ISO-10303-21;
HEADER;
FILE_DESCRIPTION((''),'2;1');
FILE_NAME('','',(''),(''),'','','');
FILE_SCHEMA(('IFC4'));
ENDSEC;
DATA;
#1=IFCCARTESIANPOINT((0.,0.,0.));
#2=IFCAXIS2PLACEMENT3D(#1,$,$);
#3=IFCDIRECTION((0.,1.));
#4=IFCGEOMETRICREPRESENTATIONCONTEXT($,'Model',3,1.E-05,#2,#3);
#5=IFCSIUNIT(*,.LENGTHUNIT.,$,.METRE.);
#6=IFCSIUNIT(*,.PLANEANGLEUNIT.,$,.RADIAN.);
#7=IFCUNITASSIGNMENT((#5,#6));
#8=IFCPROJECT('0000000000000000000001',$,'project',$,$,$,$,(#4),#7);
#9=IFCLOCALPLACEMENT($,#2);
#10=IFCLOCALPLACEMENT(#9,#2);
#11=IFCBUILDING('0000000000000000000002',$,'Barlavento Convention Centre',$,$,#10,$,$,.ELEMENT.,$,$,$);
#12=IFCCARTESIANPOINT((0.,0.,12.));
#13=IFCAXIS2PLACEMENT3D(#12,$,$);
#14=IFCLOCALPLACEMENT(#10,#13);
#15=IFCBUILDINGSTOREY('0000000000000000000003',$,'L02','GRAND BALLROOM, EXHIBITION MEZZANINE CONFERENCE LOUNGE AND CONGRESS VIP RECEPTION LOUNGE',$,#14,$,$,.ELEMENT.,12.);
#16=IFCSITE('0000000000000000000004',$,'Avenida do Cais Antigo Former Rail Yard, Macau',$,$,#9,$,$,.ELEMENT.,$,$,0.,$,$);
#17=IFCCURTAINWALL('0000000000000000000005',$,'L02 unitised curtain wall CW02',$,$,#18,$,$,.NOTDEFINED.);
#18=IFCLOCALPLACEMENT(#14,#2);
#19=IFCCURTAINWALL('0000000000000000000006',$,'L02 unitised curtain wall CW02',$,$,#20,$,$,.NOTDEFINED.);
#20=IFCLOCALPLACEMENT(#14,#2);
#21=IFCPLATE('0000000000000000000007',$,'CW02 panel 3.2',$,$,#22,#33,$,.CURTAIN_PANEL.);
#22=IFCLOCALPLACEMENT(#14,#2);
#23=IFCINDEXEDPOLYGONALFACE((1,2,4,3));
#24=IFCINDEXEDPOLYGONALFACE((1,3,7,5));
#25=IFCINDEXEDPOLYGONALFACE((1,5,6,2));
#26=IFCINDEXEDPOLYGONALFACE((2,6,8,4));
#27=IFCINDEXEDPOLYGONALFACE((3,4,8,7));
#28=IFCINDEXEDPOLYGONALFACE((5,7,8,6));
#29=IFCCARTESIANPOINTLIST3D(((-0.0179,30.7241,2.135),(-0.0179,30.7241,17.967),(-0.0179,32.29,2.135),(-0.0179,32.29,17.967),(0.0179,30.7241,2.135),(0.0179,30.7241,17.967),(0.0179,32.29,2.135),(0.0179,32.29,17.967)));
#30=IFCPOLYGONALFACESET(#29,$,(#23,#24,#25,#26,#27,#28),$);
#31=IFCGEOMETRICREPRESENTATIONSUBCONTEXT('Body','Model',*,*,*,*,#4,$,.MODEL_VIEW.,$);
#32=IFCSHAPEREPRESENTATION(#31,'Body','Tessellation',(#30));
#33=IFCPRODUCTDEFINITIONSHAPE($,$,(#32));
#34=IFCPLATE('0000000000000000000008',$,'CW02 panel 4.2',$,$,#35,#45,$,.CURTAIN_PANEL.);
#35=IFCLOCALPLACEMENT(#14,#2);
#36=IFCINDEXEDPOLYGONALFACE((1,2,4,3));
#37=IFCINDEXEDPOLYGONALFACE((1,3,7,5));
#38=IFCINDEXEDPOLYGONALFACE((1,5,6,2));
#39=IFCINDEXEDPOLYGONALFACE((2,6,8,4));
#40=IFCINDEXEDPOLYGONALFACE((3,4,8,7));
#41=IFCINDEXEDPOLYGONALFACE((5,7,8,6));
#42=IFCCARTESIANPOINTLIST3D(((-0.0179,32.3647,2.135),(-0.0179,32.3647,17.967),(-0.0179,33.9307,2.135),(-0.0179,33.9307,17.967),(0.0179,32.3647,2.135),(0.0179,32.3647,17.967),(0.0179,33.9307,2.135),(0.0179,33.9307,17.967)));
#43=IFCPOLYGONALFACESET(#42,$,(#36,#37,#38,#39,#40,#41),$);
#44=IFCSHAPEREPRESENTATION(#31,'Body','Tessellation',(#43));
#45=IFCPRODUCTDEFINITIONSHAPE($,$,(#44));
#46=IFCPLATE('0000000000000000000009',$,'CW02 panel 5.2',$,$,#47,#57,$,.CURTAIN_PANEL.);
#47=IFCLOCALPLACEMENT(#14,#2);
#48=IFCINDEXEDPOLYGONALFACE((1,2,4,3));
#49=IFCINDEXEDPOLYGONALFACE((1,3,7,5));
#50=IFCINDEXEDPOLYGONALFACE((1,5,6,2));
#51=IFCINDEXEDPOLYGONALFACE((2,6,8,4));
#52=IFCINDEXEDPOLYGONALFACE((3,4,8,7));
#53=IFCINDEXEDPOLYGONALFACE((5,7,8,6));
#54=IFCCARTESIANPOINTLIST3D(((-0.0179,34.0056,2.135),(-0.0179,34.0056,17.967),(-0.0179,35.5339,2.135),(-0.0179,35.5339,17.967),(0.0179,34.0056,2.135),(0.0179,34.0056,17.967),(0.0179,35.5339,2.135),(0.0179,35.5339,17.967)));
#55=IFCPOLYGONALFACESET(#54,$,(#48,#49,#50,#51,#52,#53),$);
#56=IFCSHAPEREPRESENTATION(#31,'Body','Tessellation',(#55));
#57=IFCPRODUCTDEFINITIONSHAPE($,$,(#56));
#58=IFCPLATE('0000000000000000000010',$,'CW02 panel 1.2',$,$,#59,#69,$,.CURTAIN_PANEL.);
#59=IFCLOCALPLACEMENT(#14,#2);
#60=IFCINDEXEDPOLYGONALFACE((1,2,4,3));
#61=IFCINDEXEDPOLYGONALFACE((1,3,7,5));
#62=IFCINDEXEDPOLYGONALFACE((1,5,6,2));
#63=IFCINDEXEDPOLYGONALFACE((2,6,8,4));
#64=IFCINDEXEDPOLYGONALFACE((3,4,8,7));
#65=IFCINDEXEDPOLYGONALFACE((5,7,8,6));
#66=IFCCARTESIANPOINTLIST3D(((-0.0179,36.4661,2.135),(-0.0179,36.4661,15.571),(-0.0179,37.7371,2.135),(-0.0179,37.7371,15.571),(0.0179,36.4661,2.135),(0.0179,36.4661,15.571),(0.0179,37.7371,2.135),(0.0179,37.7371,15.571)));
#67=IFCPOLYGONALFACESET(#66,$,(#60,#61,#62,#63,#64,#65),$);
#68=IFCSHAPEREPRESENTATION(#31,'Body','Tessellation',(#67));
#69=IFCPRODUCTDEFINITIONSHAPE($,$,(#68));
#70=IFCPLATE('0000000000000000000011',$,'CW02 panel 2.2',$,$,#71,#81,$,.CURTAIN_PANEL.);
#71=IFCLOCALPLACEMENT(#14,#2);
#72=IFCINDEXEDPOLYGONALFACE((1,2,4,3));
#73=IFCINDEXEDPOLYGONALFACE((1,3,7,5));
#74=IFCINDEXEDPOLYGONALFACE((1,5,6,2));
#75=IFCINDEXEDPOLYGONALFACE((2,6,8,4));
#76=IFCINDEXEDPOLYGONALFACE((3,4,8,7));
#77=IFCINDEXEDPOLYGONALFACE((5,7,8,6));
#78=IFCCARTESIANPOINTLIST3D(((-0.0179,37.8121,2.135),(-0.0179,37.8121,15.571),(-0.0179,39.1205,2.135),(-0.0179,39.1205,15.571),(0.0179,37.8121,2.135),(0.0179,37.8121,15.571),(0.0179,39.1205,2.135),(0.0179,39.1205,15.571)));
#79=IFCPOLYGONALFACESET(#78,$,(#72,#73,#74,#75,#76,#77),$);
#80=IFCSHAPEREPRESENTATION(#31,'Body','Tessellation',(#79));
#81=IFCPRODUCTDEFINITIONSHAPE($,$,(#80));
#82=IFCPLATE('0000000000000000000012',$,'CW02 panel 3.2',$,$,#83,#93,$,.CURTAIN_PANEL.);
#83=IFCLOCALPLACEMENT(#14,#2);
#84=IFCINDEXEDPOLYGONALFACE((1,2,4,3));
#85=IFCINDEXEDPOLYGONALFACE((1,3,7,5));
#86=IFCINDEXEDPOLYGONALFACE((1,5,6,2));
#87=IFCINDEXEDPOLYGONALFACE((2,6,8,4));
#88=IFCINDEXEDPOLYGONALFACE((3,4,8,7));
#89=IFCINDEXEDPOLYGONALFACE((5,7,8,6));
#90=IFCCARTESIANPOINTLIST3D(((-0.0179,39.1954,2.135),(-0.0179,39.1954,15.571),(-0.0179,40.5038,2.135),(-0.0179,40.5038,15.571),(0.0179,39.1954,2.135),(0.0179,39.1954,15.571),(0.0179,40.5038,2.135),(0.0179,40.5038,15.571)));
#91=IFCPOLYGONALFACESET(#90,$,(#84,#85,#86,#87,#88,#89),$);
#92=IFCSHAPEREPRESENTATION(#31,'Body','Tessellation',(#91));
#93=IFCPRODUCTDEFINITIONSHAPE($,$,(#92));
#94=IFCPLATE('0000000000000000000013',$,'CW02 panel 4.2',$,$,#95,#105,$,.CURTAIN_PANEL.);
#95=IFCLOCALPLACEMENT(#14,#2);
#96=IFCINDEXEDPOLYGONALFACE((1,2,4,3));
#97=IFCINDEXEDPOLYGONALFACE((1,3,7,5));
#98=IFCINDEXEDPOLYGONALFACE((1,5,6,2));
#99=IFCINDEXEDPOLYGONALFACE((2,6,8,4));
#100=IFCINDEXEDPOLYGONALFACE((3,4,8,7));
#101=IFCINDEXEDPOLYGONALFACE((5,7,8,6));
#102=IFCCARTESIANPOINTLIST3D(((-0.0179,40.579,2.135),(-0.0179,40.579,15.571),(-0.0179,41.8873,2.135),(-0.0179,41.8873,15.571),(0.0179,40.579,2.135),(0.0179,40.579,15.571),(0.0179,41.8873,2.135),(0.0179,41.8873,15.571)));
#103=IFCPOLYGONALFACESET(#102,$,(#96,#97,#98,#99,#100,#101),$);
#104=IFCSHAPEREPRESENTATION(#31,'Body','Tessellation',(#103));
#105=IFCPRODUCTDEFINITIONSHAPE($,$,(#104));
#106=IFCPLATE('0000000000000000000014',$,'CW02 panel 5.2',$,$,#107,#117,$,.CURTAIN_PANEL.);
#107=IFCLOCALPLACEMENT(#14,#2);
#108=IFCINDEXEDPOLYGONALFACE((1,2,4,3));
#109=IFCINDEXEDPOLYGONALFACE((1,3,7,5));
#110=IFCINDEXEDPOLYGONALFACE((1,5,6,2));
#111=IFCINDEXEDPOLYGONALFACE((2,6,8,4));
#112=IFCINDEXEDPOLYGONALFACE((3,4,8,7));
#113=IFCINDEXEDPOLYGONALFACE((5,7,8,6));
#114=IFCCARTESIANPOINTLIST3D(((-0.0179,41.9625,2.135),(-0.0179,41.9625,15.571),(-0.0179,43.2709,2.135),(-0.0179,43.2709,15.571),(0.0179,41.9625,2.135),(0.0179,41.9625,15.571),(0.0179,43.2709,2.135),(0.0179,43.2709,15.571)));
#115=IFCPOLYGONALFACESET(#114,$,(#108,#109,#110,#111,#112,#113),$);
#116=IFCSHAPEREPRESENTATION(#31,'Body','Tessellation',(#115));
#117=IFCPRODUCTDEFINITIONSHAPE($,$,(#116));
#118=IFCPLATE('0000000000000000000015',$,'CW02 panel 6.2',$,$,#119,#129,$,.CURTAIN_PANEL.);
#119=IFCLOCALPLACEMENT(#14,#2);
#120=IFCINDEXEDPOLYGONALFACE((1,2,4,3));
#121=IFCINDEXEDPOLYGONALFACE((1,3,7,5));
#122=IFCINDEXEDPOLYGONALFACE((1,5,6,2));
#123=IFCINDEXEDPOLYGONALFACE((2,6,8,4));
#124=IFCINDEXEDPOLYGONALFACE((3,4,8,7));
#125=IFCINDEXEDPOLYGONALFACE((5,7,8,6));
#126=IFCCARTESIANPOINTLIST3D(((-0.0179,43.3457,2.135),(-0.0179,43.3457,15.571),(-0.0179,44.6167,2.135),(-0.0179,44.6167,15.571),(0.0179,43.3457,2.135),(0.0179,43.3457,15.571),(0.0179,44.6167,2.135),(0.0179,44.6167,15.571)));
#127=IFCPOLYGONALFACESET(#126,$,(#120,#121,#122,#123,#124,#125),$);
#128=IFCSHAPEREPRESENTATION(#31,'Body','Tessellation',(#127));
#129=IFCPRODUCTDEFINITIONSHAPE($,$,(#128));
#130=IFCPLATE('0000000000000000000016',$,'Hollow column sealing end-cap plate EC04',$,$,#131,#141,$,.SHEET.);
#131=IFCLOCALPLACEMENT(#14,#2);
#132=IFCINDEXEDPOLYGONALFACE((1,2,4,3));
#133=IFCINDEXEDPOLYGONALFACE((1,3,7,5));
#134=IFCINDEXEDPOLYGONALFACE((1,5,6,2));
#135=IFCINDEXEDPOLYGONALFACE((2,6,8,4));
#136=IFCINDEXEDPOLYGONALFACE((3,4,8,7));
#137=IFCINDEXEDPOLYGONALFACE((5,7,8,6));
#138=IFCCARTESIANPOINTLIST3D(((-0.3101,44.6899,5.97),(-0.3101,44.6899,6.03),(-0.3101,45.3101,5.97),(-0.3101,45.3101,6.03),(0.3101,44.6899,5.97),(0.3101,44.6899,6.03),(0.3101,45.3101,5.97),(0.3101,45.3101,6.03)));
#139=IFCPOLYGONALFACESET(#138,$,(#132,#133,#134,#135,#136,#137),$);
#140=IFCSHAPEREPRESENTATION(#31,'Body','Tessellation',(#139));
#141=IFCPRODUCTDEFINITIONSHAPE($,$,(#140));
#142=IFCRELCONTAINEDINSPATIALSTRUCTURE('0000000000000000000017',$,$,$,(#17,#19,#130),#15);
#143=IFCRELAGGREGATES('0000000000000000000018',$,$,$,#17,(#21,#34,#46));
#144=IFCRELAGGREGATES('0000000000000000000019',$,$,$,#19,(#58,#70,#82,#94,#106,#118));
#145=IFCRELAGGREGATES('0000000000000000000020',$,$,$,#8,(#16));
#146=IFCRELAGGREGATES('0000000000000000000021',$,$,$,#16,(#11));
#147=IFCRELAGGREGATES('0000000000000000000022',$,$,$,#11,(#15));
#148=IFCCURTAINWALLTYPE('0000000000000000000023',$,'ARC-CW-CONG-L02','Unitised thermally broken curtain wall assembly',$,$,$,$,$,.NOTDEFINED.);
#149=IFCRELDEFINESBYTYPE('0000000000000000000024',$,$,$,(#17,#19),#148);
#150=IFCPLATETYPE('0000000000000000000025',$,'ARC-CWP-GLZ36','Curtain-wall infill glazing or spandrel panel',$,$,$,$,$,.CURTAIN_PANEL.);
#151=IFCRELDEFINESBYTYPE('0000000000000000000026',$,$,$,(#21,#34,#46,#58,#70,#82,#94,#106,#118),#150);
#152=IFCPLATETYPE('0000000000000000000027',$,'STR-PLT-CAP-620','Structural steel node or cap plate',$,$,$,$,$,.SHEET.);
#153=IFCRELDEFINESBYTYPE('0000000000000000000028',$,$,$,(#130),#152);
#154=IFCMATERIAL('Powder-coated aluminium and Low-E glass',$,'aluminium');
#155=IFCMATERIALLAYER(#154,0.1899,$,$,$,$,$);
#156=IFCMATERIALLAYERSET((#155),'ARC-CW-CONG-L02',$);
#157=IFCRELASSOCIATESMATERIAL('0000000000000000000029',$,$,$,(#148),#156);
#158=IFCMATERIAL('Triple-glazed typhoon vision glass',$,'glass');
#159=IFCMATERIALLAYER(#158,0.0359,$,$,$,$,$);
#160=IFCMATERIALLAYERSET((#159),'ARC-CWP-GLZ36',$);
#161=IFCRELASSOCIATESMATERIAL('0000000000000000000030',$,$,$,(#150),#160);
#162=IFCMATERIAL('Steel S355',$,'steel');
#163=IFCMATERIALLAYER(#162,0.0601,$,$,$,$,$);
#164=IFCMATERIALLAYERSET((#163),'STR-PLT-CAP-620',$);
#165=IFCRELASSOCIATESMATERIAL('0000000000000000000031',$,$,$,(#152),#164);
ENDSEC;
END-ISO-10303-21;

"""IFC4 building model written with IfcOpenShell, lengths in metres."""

from ifc_helpers import new_model, si_unit, direction, frame, origin, origin_2d, place, context, subcontext, project, spatial, rectangle, extrude, material, layer, layer_set, type_object, element, aggregate, save


model = new_model("IFC4")

# Units and contexts
model_context = context("Model", 3, precision=1e-05, world=origin(), true_north=direction((0.0, 1.0)))
body_context = subcontext(model_context, "Body", "Model", "MODEL_VIEW")
ifc_project = project(units=[si_unit("LENGTHUNIT", "METRE"), si_unit("PLANEANGLEUNIT", "RADIAN")], contexts=[model_context])

# Site, building, storey
site_placement = place(None, origin())
site = spatial("IfcSite", under=ifc_project, at=site_placement, Name="Avenida do Cais Antigo Former Rail Yard, Macau", CompositionType="ELEMENT", RefElevation=0.0)
building_placement = place(site_placement, origin())
building = spatial("IfcBuilding", under=site, at=building_placement, Name="Barlavento Convention Centre", CompositionType="ELEMENT")
storey_placement = place(building_placement, frame((0.0, 0.0, 12.0)))
storey = spatial("IfcBuildingStorey", under=building, at=storey_placement, Name="L02", Description="GRAND BALLROOM, EXHIBITION MEZZANINE CONFERENCE LOUNGE AND CONGRESS VIP RECEPTION LOUNGE", CompositionType="ELEMENT", Elevation=12.0)

# Curtain walls
ifc_material_1 = material(Name="Powder-coated aluminium and Low-E glass", Category="aluminium")
ifc_layer_1 = layer(ifc_material_1, 0.1899)
ifc_layer_set_1 = layer_set([ifc_layer_1], Name="ARC-CW-CONG-L02")
curtain_wall_type = type_object("IfcCurtainWallType", Name="ARC-CW-CONG-L02", Description="Unitised thermally broken curtain wall assembly", PredefinedType="NOTDEFINED", material=ifc_layer_set_1)
curtain_wall_1_placement = place(storey_placement, origin())
curtain_wall_1 = element("IfcCurtainWall", 1, at=curtain_wall_1_placement, inside=storey, type_object=curtain_wall_type, Name="L02 unitised curtain wall CW02", PredefinedType="NOTDEFINED")
curtain_wall_2_placement = place(storey_placement, origin())
curtain_wall_2 = element("IfcCurtainWall", 2, at=curtain_wall_2_placement, inside=storey, type_object=curtain_wall_type, Name="L02 unitised curtain wall CW02", PredefinedType="NOTDEFINED")

# Plates
ifc_material_2 = material(Name="Triple-glazed typhoon vision glass", Category="glass")
ifc_layer_2 = layer(ifc_material_2, 0.0359)
ifc_layer_set_2 = layer_set([ifc_layer_2], Name="ARC-CWP-GLZ36")
plate_type_1 = type_object("IfcPlateType", Name="ARC-CWP-GLZ36", Description="Curtain-wall infill glazing or spandrel panel", PredefinedType="CURTAIN_PANEL", material=ifc_layer_set_2)
plate_1_placement = place(storey_placement, frame((0.0, 31.5071, 2.135), z_axis=(0.0, 0.0, 1.0), x_axis=(0.0, 1.0, 0.0)))
plate_1 = element("IfcPlate", 3, at=plate_1_placement, type_object=plate_type_1, Name="CW02 panel 3.2", PredefinedType="CURTAIN_PANEL", context=body_context, shape_type="SweptSolid", body=[
    extrude(rectangle(XDim=1.5659, YDim=0.0359, at=origin_2d()), origin(), (0.0, 0.0, 1.0), 15.832),
])
plate_2_placement = place(storey_placement, frame((0.0, 33.1477, 2.135), z_axis=(0.0, 0.0, 1.0), x_axis=(0.0, 1.0, 0.0)))
plate_2 = element("IfcPlate", 4, at=plate_2_placement, type_object=plate_type_1, Name="CW02 panel 4.2", PredefinedType="CURTAIN_PANEL", context=body_context, shape_type="SweptSolid", body=[
    extrude(rectangle(XDim=1.5659, YDim=0.0359, at=origin_2d()), origin(), (0.0, 0.0, 1.0), 15.832),
])
plate_3_placement = place(storey_placement, frame((0.0, 34.7698, 2.135), z_axis=(0.0, 0.0, 1.0), x_axis=(0.0, 1.0, 0.0)))
plate_3 = element("IfcPlate", 5, at=plate_3_placement, type_object=plate_type_1, Name="CW02 panel 5.2", PredefinedType="CURTAIN_PANEL", context=body_context, shape_type="SweptSolid", body=[
    extrude(rectangle(XDim=1.5283, YDim=0.0359, at=origin_2d()), origin(), (0.0, 0.0, 1.0), 15.832),
])
aggregate(curtain_wall_1, [plate_1, plate_2, plate_3])
plate_4_placement = place(storey_placement, frame((0.0, 37.1016, 2.135), z_axis=(0.0, 0.0, 1.0), x_axis=(0.0, 1.0, 0.0)))
plate_4 = element("IfcPlate", 6, at=plate_4_placement, type_object=plate_type_1, Name="CW02 panel 1.2", PredefinedType="CURTAIN_PANEL", context=body_context, shape_type="SweptSolid", body=[
    extrude(rectangle(XDim=1.271, YDim=0.0359, at=origin_2d()), origin(), (0.0, 0.0, 1.0), 13.436),
])
plate_5_placement = place(storey_placement, frame((0.0, 38.4663, 2.135), z_axis=(0.0, 0.0, 1.0), x_axis=(0.0, 1.0, 0.0)))
plate_5 = element("IfcPlate", 7, at=plate_5_placement, type_object=plate_type_1, Name="CW02 panel 2.2", PredefinedType="CURTAIN_PANEL", context=body_context, shape_type="SweptSolid", body=[
    extrude(rectangle(XDim=1.3083, YDim=0.0359, at=origin_2d()), origin(), (0.0, 0.0, 1.0), 13.436),
])
plate_6_placement = place(storey_placement, frame((0.0, 39.8496, 2.135), z_axis=(0.0, 0.0, 1.0), x_axis=(0.0, 1.0, 0.0)))
plate_6 = element("IfcPlate", 8, at=plate_6_placement, type_object=plate_type_1, Name="CW02 panel 3.2", PredefinedType="CURTAIN_PANEL", context=body_context, shape_type="SweptSolid", body=[
    extrude(rectangle(XDim=1.3083, YDim=0.0359, at=origin_2d()), origin(), (0.0, 0.0, 1.0), 13.436),
])
plate_7_placement = place(storey_placement, frame((0.0, 41.2332, 2.135), z_axis=(0.0, 0.0, 1.0), x_axis=(0.0, 1.0, 0.0)))
plate_7 = element("IfcPlate", 9, at=plate_7_placement, type_object=plate_type_1, Name="CW02 panel 4.2", PredefinedType="CURTAIN_PANEL", context=body_context, shape_type="SweptSolid", body=[
    extrude(rectangle(XDim=1.3083, YDim=0.0359, at=origin_2d()), origin(), (0.0, 0.0, 1.0), 13.436),
])
plate_8_placement = place(storey_placement, frame((0.0, 42.6167, 2.135), z_axis=(0.0, 0.0, 1.0), x_axis=(0.0, 1.0, 0.0)))
plate_8 = element("IfcPlate", 10, at=plate_8_placement, type_object=plate_type_1, Name="CW02 panel 5.2", PredefinedType="CURTAIN_PANEL", context=body_context, shape_type="SweptSolid", body=[
    extrude(rectangle(XDim=1.3083, YDim=0.0359, at=origin_2d()), origin(), (0.0, 0.0, 1.0), 13.436),
])
plate_9_placement = place(storey_placement, frame((0.0, 43.9812, 2.135), z_axis=(0.0, 0.0, 1.0), x_axis=(0.0, 1.0, 0.0)))
plate_9 = element("IfcPlate", 11, at=plate_9_placement, type_object=plate_type_1, Name="CW02 panel 6.2", PredefinedType="CURTAIN_PANEL", context=body_context, shape_type="SweptSolid", body=[
    extrude(rectangle(XDim=1.271, YDim=0.0359, at=origin_2d()), origin(), (0.0, 0.0, 1.0), 13.436),
])
aggregate(curtain_wall_2, [plate_4, plate_5, plate_6, plate_7, plate_8, plate_9])
ifc_material_3 = material(Name="Steel S355", Category="steel")
ifc_layer_3 = layer(ifc_material_3, 0.0601)
ifc_layer_set_3 = layer_set([ifc_layer_3], Name="STR-PLT-CAP-620")
plate_type_2 = type_object("IfcPlateType", Name="STR-PLT-CAP-620", Description="Structural steel node or cap plate", PredefinedType="SHEET", material=ifc_layer_set_3)
plate_10_placement = place(storey_placement, frame((0.0, 45.0, 5.97), z_axis=(0.0, 0.0, 1.0), x_axis=(1.0, 0.0, 0.0)))
element("IfcPlate", 12, at=plate_10_placement, inside=storey, type_object=plate_type_2, Name="Hollow column sealing end-cap plate EC04", PredefinedType="SHEET", context=body_context, shape_type="SweptSolid", body=[
    extrude(rectangle(XDim=0.6201, YDim=0.6201, at=origin_2d()), origin(), (0.0, 0.0, 1.0), 0.0601),
])

save(model, "model.ifc")
